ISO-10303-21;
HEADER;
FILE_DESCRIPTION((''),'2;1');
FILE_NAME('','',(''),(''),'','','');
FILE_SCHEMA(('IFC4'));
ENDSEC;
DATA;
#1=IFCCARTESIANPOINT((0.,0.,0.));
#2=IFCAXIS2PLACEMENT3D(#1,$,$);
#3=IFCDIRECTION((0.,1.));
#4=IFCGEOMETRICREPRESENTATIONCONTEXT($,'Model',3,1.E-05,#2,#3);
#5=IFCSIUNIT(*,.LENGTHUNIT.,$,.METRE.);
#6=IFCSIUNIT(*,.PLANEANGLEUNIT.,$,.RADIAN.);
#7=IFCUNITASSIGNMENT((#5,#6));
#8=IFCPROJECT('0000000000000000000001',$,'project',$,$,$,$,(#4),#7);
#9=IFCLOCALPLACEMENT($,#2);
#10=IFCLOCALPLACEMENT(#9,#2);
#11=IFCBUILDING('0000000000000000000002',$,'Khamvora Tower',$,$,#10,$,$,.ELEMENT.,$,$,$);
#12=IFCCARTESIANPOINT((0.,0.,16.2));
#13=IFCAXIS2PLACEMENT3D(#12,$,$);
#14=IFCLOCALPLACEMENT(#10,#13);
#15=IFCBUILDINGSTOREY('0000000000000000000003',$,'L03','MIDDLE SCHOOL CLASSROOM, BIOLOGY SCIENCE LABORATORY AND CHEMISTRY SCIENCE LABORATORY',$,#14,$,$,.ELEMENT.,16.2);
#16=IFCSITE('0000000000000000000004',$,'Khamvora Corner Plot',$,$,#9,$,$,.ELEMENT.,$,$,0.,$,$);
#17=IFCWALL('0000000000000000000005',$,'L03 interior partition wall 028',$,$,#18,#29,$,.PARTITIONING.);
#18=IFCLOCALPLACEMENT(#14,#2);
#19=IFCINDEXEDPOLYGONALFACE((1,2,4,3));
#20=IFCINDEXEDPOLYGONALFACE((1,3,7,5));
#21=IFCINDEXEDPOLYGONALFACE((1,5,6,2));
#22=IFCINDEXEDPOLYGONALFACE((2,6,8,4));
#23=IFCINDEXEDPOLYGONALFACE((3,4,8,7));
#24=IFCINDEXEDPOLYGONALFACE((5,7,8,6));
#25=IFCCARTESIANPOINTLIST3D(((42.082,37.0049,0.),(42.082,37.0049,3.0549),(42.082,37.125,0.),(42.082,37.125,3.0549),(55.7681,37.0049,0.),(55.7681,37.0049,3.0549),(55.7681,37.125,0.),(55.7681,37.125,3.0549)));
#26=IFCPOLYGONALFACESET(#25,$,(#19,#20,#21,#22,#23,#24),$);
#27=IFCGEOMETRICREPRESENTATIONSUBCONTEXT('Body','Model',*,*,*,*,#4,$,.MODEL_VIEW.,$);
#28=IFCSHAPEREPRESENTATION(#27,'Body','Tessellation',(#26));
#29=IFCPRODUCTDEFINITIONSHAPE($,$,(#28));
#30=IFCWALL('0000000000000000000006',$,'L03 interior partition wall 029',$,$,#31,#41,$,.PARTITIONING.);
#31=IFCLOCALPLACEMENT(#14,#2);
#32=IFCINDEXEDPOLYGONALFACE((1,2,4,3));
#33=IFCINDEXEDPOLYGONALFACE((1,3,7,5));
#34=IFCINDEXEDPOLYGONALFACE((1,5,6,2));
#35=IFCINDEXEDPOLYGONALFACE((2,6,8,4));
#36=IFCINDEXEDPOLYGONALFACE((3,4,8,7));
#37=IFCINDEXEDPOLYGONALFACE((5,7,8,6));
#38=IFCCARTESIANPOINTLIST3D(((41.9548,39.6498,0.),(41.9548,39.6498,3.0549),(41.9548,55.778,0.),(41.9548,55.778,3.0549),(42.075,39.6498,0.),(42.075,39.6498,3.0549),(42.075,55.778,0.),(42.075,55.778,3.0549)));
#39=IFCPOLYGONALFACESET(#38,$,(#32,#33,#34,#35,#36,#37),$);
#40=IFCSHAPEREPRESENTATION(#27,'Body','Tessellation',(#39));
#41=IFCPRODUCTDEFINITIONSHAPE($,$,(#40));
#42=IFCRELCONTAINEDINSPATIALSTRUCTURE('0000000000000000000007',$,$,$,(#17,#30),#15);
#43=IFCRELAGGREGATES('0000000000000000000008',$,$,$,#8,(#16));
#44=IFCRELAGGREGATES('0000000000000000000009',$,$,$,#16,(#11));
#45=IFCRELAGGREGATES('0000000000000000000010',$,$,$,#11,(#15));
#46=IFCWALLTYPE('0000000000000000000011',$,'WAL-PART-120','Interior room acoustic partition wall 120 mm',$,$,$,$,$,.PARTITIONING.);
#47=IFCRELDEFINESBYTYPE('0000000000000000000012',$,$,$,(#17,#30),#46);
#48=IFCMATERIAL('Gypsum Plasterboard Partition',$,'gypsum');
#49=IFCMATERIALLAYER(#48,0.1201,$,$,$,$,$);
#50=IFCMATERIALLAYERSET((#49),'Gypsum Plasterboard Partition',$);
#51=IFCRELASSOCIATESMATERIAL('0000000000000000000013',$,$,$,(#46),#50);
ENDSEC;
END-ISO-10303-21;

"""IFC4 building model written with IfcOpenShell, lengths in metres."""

from ifc_helpers import new_model, si_unit, direction, frame, frame_2d, origin, place, context, subcontext, project, spatial, rectangle, extrude, material, layer, layer_set, type_object, element, save


model = new_model("IFC4")

# Units and contexts
model_context = context("Model", 3, precision=1e-05, world=origin(), true_north=direction((0.0, 1.0)))
body_context = subcontext(model_context, "Body", "Model", "MODEL_VIEW")
ifc_project = project(units=[si_unit("LENGTHUNIT", "METRE"), si_unit("PLANEANGLEUNIT", "RADIAN")], contexts=[model_context])

# Site, building, storey
site_placement = place(None, origin())
site = spatial("IfcSite", under=ifc_project, at=site_placement, Name="Khamvora Corner Plot", CompositionType="ELEMENT", RefElevation=0.0)
building_placement = place(site_placement, origin())
building = spatial("IfcBuilding", under=site, at=building_placement, Name="Khamvora Tower", CompositionType="ELEMENT")
storey_placement = place(building_placement, frame((0.0, 0.0, 16.2)))
storey = spatial("IfcBuildingStorey", under=building, at=storey_placement, Name="L03", Description="MIDDLE SCHOOL CLASSROOM, BIOLOGY SCIENCE LABORATORY AND CHEMISTRY SCIENCE LABORATORY", CompositionType="ELEMENT", Elevation=16.2)

# Walls
ifc_material_1 = material(Name="Gypsum Plasterboard Partition", Category="gypsum")
ifc_layer_1 = layer(ifc_material_1, 0.1201)
ifc_layer_set_1 = layer_set([ifc_layer_1], Name="Gypsum Plasterboard Partition")
wall_type_1 = type_object("IfcWallType", Name="WAL-PART-120", Description="Interior room acoustic partition wall 120 mm", PredefinedType="PARTITIONING", material=ifc_layer_set_1)
wall_1_placement = place(storey_placement, frame((42.082, 37.0649, 0.0), z_axis=(0.0, 0.0, 1.0), x_axis=(1.0, 0.0, 0.0)))
element("IfcWall", 1, at=wall_1_placement, inside=storey, type_object=wall_type_1, Name="L03 interior partition wall 028", PredefinedType="PARTITIONING", context=body_context, shape_type="SweptSolid", body=[
    extrude(rectangle(XDim=13.686, YDim=0.1201, at=frame_2d((6.843, 0.0))), origin(), (0.0, 0.0, 1.0), 3.0549),
])
wall_2_placement = place(storey_placement, frame((42.0149, 39.6499, 0.0), z_axis=(0.0, 0.0, 1.0), x_axis=(0.0, 1.0, 0.0)))
element("IfcWall", 2, at=wall_2_placement, inside=storey, type_object=wall_type_1, Name="L03 interior partition wall 029", PredefinedType="PARTITIONING", context=body_context, shape_type="SweptSolid", body=[
    extrude(rectangle(XDim=16.1282, YDim=0.1201, at=frame_2d((8.064, 0.0))), origin(), (0.0, 0.0, 1.0), 3.0549),
])

save(model, "model.ifc")
